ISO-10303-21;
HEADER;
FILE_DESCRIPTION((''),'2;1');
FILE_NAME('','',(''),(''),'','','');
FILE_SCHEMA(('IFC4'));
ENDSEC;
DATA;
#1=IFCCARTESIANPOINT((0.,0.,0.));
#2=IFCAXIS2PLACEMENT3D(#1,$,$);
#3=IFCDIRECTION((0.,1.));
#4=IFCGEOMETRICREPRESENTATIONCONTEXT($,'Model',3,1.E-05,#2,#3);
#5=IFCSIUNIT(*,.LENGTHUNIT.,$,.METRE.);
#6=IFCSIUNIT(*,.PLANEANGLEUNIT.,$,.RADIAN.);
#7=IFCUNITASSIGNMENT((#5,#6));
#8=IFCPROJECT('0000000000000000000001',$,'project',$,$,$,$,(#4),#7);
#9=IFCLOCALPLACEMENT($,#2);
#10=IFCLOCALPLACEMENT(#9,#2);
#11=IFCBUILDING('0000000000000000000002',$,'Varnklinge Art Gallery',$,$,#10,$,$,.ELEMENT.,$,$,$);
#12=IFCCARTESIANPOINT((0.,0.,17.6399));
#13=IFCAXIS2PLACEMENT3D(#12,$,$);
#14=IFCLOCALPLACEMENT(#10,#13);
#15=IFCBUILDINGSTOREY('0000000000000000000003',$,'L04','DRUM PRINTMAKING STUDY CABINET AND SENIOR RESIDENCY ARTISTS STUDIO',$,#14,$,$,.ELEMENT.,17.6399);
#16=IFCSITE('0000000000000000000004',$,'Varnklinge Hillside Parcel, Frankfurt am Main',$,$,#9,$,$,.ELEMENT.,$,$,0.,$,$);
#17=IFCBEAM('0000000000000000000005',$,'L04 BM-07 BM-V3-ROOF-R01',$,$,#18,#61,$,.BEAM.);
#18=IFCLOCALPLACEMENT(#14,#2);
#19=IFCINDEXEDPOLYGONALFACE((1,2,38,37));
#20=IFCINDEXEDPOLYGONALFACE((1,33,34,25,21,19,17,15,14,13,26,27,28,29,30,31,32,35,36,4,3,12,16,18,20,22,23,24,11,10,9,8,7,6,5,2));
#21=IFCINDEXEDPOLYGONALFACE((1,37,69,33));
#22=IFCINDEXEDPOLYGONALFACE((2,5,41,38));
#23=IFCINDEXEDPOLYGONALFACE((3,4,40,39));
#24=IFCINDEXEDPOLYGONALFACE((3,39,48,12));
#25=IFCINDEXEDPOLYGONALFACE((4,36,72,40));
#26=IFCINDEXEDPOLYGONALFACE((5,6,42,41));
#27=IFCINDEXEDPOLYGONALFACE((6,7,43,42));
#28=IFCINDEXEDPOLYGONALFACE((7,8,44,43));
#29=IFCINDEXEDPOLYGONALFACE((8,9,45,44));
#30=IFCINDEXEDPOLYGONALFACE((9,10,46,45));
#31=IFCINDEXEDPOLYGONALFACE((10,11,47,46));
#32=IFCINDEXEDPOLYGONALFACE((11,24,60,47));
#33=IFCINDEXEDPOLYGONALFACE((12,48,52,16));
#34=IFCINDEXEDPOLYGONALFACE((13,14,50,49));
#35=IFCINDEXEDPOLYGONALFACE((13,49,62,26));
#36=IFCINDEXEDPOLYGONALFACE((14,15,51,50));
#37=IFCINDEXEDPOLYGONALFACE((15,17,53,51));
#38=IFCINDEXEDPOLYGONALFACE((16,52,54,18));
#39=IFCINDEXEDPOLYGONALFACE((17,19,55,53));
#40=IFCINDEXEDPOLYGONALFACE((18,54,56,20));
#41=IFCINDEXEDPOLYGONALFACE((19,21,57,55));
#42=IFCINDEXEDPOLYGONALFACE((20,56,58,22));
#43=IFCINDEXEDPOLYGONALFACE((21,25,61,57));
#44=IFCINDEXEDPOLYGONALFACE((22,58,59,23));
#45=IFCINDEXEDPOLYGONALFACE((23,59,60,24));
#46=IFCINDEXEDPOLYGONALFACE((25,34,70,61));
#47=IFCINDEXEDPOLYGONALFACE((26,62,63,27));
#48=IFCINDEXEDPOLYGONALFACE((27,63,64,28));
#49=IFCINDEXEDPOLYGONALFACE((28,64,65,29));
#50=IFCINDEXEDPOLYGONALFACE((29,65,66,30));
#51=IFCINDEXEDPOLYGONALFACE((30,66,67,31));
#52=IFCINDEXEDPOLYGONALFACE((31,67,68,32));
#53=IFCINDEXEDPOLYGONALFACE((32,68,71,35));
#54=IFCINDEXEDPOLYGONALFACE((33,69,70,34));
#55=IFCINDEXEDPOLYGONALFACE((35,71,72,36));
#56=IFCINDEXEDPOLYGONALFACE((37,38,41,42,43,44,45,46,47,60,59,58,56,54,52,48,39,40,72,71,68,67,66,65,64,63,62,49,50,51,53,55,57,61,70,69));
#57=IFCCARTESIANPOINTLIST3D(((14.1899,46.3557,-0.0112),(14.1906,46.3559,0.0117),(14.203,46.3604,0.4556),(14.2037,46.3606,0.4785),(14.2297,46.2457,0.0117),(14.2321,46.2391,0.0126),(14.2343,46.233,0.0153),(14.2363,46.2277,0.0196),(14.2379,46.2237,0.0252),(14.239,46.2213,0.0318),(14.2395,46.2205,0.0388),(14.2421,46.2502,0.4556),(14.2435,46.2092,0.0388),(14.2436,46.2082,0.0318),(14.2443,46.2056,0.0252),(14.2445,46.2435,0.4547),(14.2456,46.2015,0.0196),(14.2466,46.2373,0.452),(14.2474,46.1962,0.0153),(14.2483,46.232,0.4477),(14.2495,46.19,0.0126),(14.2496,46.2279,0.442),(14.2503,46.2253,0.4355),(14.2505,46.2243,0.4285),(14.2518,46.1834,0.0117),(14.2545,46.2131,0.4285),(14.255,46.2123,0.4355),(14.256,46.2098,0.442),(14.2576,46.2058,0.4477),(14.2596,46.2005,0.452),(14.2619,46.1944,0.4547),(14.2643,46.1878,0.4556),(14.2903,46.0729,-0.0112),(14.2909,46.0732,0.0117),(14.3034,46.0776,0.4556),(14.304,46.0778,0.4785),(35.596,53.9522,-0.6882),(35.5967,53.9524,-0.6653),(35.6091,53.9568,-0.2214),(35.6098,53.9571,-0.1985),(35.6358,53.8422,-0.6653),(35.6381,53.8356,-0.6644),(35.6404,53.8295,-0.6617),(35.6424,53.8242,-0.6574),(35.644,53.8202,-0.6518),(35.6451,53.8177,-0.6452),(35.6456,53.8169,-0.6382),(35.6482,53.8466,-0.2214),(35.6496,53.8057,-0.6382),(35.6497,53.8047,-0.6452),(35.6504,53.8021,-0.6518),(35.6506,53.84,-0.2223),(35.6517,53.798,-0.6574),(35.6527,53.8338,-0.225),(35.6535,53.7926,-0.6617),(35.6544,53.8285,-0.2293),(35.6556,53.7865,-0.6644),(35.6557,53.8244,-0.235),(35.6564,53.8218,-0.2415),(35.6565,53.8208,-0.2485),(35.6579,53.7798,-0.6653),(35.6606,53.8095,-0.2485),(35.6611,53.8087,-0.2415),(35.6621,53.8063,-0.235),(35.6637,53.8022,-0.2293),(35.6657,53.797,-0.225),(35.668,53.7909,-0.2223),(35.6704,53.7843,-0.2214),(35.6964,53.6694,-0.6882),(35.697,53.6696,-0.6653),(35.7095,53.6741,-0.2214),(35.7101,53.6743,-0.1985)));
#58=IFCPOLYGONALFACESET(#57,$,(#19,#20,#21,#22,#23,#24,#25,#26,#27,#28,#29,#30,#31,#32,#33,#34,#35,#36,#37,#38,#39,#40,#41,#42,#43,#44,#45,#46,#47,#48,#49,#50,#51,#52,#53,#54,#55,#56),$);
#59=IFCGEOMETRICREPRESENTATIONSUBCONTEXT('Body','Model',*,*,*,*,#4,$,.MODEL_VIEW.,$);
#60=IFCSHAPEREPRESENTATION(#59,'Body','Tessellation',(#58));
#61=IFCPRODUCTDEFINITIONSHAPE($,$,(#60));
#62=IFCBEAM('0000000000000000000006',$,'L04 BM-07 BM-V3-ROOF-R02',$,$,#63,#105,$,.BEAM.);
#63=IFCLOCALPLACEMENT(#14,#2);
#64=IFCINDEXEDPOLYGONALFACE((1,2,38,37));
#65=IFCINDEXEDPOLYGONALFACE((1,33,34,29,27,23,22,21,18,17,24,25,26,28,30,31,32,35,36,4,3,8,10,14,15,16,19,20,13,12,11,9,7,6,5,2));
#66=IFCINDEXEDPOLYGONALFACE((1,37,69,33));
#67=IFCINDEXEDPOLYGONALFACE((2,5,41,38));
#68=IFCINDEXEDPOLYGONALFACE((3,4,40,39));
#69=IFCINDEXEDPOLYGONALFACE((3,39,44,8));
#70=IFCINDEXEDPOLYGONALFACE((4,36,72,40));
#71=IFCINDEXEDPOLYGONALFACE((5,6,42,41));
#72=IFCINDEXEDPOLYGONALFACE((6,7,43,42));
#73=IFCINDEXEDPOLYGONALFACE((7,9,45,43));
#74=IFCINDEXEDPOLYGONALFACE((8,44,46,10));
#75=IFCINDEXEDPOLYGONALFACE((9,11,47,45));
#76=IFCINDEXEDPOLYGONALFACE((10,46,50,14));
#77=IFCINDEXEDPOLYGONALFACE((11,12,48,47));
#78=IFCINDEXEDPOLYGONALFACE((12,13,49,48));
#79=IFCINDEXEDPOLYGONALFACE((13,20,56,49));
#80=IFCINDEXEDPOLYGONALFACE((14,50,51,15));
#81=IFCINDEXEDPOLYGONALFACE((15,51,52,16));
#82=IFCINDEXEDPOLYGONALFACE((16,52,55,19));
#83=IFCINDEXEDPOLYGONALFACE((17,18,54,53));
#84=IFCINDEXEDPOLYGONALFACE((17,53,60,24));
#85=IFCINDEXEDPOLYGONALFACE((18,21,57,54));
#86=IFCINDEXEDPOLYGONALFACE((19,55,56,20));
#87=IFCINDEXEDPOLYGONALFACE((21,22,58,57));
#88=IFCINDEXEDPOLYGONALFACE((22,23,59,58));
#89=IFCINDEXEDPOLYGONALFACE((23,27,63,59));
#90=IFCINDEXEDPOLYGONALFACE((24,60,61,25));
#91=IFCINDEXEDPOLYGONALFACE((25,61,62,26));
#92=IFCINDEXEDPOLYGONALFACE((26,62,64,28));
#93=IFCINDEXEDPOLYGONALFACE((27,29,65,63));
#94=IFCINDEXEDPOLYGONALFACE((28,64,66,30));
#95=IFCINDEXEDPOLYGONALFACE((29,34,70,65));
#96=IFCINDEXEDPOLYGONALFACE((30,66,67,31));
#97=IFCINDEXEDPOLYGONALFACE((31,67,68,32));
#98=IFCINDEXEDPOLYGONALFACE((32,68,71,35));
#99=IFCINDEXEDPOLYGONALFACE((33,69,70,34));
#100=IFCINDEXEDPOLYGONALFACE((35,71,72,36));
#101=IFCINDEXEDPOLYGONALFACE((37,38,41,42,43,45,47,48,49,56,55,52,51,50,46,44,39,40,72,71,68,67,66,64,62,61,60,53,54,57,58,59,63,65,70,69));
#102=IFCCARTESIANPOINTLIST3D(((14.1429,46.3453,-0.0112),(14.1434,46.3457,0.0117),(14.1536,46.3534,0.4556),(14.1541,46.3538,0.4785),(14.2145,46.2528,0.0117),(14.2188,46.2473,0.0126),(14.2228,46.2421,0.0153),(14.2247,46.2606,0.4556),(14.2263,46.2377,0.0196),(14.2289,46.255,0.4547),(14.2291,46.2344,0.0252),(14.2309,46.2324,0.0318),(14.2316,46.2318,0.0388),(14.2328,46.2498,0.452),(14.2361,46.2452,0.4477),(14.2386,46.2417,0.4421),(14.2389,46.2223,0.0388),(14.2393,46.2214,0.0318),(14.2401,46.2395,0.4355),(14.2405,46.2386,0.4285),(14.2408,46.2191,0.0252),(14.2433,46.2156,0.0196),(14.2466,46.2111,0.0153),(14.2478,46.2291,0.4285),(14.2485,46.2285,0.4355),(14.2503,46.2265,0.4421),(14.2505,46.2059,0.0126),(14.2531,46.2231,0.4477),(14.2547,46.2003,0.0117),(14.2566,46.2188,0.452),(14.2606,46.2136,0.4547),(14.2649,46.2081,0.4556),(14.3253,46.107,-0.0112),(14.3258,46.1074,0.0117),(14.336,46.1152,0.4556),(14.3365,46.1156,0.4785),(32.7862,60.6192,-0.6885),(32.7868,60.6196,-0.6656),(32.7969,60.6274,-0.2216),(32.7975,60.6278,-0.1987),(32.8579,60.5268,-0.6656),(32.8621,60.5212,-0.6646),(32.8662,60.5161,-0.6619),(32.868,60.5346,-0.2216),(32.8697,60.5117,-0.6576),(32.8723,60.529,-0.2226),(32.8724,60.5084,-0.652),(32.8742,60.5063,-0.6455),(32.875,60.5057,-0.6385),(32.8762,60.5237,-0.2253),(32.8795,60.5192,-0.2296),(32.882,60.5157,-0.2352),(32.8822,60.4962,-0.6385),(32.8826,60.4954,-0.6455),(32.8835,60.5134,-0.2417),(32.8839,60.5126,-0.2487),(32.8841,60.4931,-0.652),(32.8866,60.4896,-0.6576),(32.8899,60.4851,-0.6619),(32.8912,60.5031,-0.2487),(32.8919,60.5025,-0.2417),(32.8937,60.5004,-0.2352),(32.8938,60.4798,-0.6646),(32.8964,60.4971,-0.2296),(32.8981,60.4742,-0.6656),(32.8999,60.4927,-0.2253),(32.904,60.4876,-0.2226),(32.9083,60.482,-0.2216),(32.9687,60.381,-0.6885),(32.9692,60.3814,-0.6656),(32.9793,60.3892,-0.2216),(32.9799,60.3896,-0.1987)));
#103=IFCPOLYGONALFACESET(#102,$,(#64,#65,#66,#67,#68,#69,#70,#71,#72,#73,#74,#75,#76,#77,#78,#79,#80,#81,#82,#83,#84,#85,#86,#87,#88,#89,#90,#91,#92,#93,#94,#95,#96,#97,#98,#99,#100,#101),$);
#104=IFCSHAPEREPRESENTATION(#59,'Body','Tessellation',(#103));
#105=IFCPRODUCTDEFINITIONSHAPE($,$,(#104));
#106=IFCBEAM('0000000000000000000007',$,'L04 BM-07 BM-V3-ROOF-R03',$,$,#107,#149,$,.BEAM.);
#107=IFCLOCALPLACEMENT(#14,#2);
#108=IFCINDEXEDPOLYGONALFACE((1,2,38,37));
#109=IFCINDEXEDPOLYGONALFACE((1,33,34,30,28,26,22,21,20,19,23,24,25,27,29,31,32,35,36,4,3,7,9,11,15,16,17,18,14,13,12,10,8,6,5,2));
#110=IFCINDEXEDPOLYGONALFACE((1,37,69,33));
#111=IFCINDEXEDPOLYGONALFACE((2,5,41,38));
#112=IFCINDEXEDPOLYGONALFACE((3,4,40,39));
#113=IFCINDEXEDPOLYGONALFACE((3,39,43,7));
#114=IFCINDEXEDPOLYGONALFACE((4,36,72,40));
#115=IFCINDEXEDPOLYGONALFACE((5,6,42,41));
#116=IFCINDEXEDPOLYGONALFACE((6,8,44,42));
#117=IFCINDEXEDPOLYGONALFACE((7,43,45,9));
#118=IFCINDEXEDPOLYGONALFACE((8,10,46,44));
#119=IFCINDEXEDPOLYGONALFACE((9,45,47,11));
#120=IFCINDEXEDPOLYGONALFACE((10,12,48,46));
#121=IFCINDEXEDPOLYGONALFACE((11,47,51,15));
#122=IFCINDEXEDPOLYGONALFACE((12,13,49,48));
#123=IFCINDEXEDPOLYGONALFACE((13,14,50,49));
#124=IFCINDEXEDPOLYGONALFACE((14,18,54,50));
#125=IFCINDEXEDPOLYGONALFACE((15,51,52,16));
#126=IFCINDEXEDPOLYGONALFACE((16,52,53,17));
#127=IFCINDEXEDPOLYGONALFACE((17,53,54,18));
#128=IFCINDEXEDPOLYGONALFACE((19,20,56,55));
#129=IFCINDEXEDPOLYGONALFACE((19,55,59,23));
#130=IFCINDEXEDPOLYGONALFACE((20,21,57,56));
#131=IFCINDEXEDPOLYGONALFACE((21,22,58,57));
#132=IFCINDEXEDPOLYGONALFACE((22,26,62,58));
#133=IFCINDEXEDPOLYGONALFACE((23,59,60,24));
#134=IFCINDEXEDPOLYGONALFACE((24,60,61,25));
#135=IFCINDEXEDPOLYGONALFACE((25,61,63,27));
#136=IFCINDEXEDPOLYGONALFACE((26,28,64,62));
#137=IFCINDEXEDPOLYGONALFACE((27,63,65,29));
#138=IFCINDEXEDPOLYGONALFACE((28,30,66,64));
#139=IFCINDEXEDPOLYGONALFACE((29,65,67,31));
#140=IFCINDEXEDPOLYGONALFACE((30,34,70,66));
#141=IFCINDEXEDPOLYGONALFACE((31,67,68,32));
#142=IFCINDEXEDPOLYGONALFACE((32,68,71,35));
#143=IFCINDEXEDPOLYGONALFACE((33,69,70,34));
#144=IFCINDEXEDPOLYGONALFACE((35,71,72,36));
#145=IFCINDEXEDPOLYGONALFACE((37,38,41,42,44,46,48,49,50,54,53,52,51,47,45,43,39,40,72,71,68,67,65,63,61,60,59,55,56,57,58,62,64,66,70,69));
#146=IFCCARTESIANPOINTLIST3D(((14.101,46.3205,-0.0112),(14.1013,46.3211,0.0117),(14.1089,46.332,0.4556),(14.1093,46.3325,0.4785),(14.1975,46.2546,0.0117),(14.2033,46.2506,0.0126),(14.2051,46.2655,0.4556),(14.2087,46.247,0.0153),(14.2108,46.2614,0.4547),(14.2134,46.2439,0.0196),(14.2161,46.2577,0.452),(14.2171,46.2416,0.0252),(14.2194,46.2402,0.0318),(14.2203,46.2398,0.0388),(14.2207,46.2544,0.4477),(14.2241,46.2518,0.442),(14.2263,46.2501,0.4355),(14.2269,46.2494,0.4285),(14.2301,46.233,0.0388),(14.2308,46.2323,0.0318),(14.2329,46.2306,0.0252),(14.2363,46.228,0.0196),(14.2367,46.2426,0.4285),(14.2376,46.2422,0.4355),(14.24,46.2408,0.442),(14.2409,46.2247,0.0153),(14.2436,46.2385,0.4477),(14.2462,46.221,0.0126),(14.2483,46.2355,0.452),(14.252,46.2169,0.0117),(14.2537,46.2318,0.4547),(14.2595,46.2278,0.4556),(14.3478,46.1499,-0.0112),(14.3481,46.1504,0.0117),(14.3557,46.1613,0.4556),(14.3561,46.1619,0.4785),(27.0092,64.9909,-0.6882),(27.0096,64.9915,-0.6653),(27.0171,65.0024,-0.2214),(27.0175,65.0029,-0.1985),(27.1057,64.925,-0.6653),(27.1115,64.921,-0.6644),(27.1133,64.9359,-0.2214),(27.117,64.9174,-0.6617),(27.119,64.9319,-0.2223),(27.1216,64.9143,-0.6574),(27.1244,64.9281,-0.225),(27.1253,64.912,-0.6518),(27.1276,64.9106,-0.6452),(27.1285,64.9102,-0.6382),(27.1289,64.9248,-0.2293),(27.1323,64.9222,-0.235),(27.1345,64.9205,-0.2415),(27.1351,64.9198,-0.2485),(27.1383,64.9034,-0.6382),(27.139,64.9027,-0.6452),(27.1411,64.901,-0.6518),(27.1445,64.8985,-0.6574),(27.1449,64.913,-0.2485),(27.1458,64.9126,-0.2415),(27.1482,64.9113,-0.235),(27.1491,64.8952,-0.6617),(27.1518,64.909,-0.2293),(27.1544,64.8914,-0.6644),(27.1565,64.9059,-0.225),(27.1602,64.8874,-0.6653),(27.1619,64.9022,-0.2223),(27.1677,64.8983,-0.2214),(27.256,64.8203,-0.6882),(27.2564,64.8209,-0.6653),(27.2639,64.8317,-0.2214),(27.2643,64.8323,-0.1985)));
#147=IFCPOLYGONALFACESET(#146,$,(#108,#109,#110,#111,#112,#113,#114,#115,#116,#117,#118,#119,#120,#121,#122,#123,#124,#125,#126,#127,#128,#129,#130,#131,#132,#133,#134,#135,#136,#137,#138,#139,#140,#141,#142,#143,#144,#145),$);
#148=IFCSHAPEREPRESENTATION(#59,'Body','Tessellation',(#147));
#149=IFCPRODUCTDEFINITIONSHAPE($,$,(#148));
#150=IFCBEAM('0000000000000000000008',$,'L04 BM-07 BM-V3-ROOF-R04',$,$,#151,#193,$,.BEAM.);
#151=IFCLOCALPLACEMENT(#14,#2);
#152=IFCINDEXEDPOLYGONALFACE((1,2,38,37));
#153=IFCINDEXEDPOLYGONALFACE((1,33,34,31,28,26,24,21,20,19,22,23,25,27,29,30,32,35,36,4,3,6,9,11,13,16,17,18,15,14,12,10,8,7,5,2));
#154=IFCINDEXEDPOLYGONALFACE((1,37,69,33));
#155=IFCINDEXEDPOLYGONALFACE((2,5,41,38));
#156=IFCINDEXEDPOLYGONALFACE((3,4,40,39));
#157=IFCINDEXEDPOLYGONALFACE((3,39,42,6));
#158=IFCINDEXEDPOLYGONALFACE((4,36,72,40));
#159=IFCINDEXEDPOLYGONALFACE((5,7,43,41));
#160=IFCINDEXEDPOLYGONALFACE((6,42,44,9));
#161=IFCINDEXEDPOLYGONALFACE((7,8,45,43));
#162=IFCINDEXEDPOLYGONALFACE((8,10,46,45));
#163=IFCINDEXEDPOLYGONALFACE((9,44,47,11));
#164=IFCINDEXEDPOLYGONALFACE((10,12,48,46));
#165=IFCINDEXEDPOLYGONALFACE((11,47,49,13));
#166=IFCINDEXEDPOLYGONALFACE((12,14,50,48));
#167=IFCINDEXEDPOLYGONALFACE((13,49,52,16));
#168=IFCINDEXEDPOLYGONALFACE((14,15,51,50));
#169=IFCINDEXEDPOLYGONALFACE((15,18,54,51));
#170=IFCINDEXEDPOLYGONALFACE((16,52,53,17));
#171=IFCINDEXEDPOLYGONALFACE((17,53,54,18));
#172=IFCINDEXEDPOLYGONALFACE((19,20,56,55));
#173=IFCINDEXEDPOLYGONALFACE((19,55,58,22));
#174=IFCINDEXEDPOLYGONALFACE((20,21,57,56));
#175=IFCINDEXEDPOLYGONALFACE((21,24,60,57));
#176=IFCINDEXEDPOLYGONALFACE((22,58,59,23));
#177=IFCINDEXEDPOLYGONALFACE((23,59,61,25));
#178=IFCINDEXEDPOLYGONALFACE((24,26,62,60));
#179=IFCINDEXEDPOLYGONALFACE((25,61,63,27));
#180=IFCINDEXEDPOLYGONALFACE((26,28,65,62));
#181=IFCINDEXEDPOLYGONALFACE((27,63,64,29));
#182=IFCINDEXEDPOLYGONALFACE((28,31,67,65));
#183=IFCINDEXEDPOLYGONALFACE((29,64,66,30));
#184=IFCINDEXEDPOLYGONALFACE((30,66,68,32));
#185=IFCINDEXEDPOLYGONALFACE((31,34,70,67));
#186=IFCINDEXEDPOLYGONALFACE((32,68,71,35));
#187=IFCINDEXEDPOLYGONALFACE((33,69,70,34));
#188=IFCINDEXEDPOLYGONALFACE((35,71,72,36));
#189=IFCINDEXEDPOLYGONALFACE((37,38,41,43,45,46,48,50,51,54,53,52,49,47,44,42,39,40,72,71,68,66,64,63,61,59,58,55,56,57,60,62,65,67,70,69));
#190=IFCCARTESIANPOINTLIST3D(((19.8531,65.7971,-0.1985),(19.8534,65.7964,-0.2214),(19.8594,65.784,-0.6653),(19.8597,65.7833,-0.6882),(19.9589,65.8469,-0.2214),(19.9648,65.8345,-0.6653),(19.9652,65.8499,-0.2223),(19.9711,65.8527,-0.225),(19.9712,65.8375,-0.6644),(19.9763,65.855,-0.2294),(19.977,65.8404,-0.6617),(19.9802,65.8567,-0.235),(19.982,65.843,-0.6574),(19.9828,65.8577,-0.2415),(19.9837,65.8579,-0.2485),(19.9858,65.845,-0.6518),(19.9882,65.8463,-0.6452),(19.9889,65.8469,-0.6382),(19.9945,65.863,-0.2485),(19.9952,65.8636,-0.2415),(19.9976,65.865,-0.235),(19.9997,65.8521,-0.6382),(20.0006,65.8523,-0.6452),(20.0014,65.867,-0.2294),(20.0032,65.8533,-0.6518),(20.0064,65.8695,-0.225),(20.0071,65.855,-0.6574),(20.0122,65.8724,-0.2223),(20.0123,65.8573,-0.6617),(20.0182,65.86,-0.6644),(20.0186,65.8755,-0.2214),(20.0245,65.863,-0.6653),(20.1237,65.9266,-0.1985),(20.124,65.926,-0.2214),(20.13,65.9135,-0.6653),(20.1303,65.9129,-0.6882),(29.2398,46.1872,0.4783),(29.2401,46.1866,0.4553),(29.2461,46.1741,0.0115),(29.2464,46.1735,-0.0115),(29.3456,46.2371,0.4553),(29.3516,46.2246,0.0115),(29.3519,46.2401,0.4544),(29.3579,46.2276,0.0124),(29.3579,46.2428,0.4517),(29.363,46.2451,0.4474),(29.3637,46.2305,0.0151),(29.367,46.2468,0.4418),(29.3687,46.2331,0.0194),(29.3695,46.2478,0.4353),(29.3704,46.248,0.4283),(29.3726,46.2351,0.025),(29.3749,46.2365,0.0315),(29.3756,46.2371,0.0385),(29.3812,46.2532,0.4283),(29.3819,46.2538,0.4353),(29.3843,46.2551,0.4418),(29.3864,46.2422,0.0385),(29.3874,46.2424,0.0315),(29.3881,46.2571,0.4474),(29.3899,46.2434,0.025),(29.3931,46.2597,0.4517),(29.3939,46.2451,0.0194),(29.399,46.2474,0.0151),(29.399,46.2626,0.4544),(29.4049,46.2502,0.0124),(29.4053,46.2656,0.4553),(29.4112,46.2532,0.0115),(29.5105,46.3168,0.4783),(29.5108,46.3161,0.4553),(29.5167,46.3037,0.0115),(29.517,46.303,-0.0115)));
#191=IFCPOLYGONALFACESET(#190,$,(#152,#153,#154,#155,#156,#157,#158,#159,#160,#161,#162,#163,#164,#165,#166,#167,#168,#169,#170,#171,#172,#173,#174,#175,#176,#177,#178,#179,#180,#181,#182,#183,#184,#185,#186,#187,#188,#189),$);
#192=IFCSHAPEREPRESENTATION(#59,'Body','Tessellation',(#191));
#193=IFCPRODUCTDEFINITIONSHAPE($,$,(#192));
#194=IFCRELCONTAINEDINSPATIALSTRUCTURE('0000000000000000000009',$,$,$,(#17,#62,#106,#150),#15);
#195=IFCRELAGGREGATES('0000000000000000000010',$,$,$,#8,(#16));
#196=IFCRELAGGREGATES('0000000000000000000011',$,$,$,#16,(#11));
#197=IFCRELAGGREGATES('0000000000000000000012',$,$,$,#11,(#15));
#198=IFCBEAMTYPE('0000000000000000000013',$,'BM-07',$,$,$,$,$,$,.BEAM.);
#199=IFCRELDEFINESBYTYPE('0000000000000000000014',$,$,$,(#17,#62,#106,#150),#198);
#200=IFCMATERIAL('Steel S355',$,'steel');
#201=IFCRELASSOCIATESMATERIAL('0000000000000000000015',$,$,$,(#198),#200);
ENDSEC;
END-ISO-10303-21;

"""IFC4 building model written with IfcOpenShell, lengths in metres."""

from ifc_helpers import new_model, si_unit, direction, frame, origin, origin_2d, place, context, subcontext, project, spatial, i_section, extrude, material, material_profile, profile_set, type_object, element, save


model = new_model("IFC4")

# Units and contexts
model_context = context("Model", 3, precision=1e-05, world=origin(), true_north=direction((0.0, 1.0)))
body_context = subcontext(model_context, "Body", "Model", "MODEL_VIEW")
ifc_project = project(units=[si_unit("LENGTHUNIT", "METRE"), si_unit("PLANEANGLEUNIT", "RADIAN")], contexts=[model_context])

# Site, building, storey
site_placement = place(None, origin())
site = spatial("IfcSite", under=ifc_project, at=site_placement, Name="Varnklinge Hillside Parcel, Frankfurt am Main", CompositionType="ELEMENT", RefElevation=0.0)
building_placement = place(site_placement, origin())
building = spatial("IfcBuilding", under=site, at=building_placement, Name="Varnklinge Art Gallery", CompositionType="ELEMENT")
storey_placement = place(building_placement, frame((0.0, 0.0, 17.6399)))
storey = spatial("IfcBuildingStorey", under=building, at=storey_placement, Name="L04", Description="DRUM PRINTMAKING STUDY CABINET AND SENIOR RESIDENCY ARTISTS STUDIO", CompositionType="ELEMENT", Elevation=17.6399)

# Beams
ifc_material_1 = material(Name="Steel S355", Category="steel")
ifc_material_profile_1 = material_profile(ifc_material_1, i_section(OverallWidth=0.3, OverallDepth=0.49, WebThickness=0.012, FlangeThickness=0.0229, FilletRadius=0.0271, at=origin_2d()), Name="HEA 500")
ifc_profile_set_1 = profile_set([ifc_material_profile_1], Name="Steel S355")
beam_type_1 = type_object("IfcBeamType", Name="BM-07", PredefinedType="BEAM", material=ifc_profile_set_1)
beam_1_placement = place(storey_placement, frame((35.6531, 53.8132, -0.4434), z_axis=(-0.941999, -0.334291, 0.029792), x_axis=(0.334439, -0.942417, 0.0)))
element("IfcBeam", 1, at=beam_1_placement, inside=storey, type_object=beam_type_1, Name="L04 BM-07 BM-V3-ROOF-R01", PredefinedType="BEAM", context=body_context, shape_type="SweptSolid", body=[
    extrude(i_section(OverallWidth=0.3, OverallDepth=0.49, WebThickness=0.012, FlangeThickness=0.0229, FilletRadius=0.0271, at=origin_2d()), origin(), (0.0, 0.0, 1.0), 22.7241),
])
beam_2_placement = place(storey_placement, frame((32.8831, 60.5044, -0.4436), z_axis=(-0.793673, -0.607662, 0.028831), x_axis=(0.607914, -0.794003, 0.0)))
element("IfcBeam", 2, at=beam_2_placement, inside=storey, type_object=beam_type_1, Name="L04 BM-07 BM-V3-ROOF-R02", PredefinedType="BEAM", context=body_context, shape_type="SweptSolid", body=[
    extrude(i_section(OverallWidth=0.3, OverallDepth=0.49, WebThickness=0.012, FlangeThickness=0.0229, FilletRadius=0.0271, at=origin_2d()), origin(), (0.0, 0.0, 1.0), 23.49),
])
beam_3_placement = place(storey_placement, frame((27.1367, 64.9116, -0.4434), z_axis=(-0.568437, -0.822187, 0.029813), x_axis=(0.822552, -0.56869, 0.0)))
element("IfcBeam", 3, at=beam_3_placement, inside=storey, type_object=beam_type_1, Name="L04 BM-07 BM-V3-ROOF-R03", PredefinedType="BEAM", context=body_context, shape_type="SweptSolid", body=[
    extrude(i_section(OverallWidth=0.3, OverallDepth=0.49, WebThickness=0.012, FlangeThickness=0.0229, FilletRadius=0.0271, at=origin_2d()), origin(), (0.0, 0.0, 1.0), 22.7083),
])
beam_4_placement = place(storey_placement, frame((19.9917, 65.855, -0.4434), z_axis=(0.431549, -0.901553, 0.031114), x_axis=(0.901989, 0.431758, 0.0)))
element("IfcBeam", 4, at=beam_4_placement, inside=storey, type_object=beam_type_1, Name="L04 BM-07 BM-V3-ROOF-R04", PredefinedType="BEAM", context=body_context, shape_type="SweptSolid", body=[
    extrude(i_section(OverallWidth=0.3, OverallDepth=0.49, WebThickness=0.012, FlangeThickness=0.0229, FilletRadius=0.0271, at=origin_2d()), origin(), (0.0, 0.0, 1.0), 21.7512),
])

save(model, "model.ifc")
